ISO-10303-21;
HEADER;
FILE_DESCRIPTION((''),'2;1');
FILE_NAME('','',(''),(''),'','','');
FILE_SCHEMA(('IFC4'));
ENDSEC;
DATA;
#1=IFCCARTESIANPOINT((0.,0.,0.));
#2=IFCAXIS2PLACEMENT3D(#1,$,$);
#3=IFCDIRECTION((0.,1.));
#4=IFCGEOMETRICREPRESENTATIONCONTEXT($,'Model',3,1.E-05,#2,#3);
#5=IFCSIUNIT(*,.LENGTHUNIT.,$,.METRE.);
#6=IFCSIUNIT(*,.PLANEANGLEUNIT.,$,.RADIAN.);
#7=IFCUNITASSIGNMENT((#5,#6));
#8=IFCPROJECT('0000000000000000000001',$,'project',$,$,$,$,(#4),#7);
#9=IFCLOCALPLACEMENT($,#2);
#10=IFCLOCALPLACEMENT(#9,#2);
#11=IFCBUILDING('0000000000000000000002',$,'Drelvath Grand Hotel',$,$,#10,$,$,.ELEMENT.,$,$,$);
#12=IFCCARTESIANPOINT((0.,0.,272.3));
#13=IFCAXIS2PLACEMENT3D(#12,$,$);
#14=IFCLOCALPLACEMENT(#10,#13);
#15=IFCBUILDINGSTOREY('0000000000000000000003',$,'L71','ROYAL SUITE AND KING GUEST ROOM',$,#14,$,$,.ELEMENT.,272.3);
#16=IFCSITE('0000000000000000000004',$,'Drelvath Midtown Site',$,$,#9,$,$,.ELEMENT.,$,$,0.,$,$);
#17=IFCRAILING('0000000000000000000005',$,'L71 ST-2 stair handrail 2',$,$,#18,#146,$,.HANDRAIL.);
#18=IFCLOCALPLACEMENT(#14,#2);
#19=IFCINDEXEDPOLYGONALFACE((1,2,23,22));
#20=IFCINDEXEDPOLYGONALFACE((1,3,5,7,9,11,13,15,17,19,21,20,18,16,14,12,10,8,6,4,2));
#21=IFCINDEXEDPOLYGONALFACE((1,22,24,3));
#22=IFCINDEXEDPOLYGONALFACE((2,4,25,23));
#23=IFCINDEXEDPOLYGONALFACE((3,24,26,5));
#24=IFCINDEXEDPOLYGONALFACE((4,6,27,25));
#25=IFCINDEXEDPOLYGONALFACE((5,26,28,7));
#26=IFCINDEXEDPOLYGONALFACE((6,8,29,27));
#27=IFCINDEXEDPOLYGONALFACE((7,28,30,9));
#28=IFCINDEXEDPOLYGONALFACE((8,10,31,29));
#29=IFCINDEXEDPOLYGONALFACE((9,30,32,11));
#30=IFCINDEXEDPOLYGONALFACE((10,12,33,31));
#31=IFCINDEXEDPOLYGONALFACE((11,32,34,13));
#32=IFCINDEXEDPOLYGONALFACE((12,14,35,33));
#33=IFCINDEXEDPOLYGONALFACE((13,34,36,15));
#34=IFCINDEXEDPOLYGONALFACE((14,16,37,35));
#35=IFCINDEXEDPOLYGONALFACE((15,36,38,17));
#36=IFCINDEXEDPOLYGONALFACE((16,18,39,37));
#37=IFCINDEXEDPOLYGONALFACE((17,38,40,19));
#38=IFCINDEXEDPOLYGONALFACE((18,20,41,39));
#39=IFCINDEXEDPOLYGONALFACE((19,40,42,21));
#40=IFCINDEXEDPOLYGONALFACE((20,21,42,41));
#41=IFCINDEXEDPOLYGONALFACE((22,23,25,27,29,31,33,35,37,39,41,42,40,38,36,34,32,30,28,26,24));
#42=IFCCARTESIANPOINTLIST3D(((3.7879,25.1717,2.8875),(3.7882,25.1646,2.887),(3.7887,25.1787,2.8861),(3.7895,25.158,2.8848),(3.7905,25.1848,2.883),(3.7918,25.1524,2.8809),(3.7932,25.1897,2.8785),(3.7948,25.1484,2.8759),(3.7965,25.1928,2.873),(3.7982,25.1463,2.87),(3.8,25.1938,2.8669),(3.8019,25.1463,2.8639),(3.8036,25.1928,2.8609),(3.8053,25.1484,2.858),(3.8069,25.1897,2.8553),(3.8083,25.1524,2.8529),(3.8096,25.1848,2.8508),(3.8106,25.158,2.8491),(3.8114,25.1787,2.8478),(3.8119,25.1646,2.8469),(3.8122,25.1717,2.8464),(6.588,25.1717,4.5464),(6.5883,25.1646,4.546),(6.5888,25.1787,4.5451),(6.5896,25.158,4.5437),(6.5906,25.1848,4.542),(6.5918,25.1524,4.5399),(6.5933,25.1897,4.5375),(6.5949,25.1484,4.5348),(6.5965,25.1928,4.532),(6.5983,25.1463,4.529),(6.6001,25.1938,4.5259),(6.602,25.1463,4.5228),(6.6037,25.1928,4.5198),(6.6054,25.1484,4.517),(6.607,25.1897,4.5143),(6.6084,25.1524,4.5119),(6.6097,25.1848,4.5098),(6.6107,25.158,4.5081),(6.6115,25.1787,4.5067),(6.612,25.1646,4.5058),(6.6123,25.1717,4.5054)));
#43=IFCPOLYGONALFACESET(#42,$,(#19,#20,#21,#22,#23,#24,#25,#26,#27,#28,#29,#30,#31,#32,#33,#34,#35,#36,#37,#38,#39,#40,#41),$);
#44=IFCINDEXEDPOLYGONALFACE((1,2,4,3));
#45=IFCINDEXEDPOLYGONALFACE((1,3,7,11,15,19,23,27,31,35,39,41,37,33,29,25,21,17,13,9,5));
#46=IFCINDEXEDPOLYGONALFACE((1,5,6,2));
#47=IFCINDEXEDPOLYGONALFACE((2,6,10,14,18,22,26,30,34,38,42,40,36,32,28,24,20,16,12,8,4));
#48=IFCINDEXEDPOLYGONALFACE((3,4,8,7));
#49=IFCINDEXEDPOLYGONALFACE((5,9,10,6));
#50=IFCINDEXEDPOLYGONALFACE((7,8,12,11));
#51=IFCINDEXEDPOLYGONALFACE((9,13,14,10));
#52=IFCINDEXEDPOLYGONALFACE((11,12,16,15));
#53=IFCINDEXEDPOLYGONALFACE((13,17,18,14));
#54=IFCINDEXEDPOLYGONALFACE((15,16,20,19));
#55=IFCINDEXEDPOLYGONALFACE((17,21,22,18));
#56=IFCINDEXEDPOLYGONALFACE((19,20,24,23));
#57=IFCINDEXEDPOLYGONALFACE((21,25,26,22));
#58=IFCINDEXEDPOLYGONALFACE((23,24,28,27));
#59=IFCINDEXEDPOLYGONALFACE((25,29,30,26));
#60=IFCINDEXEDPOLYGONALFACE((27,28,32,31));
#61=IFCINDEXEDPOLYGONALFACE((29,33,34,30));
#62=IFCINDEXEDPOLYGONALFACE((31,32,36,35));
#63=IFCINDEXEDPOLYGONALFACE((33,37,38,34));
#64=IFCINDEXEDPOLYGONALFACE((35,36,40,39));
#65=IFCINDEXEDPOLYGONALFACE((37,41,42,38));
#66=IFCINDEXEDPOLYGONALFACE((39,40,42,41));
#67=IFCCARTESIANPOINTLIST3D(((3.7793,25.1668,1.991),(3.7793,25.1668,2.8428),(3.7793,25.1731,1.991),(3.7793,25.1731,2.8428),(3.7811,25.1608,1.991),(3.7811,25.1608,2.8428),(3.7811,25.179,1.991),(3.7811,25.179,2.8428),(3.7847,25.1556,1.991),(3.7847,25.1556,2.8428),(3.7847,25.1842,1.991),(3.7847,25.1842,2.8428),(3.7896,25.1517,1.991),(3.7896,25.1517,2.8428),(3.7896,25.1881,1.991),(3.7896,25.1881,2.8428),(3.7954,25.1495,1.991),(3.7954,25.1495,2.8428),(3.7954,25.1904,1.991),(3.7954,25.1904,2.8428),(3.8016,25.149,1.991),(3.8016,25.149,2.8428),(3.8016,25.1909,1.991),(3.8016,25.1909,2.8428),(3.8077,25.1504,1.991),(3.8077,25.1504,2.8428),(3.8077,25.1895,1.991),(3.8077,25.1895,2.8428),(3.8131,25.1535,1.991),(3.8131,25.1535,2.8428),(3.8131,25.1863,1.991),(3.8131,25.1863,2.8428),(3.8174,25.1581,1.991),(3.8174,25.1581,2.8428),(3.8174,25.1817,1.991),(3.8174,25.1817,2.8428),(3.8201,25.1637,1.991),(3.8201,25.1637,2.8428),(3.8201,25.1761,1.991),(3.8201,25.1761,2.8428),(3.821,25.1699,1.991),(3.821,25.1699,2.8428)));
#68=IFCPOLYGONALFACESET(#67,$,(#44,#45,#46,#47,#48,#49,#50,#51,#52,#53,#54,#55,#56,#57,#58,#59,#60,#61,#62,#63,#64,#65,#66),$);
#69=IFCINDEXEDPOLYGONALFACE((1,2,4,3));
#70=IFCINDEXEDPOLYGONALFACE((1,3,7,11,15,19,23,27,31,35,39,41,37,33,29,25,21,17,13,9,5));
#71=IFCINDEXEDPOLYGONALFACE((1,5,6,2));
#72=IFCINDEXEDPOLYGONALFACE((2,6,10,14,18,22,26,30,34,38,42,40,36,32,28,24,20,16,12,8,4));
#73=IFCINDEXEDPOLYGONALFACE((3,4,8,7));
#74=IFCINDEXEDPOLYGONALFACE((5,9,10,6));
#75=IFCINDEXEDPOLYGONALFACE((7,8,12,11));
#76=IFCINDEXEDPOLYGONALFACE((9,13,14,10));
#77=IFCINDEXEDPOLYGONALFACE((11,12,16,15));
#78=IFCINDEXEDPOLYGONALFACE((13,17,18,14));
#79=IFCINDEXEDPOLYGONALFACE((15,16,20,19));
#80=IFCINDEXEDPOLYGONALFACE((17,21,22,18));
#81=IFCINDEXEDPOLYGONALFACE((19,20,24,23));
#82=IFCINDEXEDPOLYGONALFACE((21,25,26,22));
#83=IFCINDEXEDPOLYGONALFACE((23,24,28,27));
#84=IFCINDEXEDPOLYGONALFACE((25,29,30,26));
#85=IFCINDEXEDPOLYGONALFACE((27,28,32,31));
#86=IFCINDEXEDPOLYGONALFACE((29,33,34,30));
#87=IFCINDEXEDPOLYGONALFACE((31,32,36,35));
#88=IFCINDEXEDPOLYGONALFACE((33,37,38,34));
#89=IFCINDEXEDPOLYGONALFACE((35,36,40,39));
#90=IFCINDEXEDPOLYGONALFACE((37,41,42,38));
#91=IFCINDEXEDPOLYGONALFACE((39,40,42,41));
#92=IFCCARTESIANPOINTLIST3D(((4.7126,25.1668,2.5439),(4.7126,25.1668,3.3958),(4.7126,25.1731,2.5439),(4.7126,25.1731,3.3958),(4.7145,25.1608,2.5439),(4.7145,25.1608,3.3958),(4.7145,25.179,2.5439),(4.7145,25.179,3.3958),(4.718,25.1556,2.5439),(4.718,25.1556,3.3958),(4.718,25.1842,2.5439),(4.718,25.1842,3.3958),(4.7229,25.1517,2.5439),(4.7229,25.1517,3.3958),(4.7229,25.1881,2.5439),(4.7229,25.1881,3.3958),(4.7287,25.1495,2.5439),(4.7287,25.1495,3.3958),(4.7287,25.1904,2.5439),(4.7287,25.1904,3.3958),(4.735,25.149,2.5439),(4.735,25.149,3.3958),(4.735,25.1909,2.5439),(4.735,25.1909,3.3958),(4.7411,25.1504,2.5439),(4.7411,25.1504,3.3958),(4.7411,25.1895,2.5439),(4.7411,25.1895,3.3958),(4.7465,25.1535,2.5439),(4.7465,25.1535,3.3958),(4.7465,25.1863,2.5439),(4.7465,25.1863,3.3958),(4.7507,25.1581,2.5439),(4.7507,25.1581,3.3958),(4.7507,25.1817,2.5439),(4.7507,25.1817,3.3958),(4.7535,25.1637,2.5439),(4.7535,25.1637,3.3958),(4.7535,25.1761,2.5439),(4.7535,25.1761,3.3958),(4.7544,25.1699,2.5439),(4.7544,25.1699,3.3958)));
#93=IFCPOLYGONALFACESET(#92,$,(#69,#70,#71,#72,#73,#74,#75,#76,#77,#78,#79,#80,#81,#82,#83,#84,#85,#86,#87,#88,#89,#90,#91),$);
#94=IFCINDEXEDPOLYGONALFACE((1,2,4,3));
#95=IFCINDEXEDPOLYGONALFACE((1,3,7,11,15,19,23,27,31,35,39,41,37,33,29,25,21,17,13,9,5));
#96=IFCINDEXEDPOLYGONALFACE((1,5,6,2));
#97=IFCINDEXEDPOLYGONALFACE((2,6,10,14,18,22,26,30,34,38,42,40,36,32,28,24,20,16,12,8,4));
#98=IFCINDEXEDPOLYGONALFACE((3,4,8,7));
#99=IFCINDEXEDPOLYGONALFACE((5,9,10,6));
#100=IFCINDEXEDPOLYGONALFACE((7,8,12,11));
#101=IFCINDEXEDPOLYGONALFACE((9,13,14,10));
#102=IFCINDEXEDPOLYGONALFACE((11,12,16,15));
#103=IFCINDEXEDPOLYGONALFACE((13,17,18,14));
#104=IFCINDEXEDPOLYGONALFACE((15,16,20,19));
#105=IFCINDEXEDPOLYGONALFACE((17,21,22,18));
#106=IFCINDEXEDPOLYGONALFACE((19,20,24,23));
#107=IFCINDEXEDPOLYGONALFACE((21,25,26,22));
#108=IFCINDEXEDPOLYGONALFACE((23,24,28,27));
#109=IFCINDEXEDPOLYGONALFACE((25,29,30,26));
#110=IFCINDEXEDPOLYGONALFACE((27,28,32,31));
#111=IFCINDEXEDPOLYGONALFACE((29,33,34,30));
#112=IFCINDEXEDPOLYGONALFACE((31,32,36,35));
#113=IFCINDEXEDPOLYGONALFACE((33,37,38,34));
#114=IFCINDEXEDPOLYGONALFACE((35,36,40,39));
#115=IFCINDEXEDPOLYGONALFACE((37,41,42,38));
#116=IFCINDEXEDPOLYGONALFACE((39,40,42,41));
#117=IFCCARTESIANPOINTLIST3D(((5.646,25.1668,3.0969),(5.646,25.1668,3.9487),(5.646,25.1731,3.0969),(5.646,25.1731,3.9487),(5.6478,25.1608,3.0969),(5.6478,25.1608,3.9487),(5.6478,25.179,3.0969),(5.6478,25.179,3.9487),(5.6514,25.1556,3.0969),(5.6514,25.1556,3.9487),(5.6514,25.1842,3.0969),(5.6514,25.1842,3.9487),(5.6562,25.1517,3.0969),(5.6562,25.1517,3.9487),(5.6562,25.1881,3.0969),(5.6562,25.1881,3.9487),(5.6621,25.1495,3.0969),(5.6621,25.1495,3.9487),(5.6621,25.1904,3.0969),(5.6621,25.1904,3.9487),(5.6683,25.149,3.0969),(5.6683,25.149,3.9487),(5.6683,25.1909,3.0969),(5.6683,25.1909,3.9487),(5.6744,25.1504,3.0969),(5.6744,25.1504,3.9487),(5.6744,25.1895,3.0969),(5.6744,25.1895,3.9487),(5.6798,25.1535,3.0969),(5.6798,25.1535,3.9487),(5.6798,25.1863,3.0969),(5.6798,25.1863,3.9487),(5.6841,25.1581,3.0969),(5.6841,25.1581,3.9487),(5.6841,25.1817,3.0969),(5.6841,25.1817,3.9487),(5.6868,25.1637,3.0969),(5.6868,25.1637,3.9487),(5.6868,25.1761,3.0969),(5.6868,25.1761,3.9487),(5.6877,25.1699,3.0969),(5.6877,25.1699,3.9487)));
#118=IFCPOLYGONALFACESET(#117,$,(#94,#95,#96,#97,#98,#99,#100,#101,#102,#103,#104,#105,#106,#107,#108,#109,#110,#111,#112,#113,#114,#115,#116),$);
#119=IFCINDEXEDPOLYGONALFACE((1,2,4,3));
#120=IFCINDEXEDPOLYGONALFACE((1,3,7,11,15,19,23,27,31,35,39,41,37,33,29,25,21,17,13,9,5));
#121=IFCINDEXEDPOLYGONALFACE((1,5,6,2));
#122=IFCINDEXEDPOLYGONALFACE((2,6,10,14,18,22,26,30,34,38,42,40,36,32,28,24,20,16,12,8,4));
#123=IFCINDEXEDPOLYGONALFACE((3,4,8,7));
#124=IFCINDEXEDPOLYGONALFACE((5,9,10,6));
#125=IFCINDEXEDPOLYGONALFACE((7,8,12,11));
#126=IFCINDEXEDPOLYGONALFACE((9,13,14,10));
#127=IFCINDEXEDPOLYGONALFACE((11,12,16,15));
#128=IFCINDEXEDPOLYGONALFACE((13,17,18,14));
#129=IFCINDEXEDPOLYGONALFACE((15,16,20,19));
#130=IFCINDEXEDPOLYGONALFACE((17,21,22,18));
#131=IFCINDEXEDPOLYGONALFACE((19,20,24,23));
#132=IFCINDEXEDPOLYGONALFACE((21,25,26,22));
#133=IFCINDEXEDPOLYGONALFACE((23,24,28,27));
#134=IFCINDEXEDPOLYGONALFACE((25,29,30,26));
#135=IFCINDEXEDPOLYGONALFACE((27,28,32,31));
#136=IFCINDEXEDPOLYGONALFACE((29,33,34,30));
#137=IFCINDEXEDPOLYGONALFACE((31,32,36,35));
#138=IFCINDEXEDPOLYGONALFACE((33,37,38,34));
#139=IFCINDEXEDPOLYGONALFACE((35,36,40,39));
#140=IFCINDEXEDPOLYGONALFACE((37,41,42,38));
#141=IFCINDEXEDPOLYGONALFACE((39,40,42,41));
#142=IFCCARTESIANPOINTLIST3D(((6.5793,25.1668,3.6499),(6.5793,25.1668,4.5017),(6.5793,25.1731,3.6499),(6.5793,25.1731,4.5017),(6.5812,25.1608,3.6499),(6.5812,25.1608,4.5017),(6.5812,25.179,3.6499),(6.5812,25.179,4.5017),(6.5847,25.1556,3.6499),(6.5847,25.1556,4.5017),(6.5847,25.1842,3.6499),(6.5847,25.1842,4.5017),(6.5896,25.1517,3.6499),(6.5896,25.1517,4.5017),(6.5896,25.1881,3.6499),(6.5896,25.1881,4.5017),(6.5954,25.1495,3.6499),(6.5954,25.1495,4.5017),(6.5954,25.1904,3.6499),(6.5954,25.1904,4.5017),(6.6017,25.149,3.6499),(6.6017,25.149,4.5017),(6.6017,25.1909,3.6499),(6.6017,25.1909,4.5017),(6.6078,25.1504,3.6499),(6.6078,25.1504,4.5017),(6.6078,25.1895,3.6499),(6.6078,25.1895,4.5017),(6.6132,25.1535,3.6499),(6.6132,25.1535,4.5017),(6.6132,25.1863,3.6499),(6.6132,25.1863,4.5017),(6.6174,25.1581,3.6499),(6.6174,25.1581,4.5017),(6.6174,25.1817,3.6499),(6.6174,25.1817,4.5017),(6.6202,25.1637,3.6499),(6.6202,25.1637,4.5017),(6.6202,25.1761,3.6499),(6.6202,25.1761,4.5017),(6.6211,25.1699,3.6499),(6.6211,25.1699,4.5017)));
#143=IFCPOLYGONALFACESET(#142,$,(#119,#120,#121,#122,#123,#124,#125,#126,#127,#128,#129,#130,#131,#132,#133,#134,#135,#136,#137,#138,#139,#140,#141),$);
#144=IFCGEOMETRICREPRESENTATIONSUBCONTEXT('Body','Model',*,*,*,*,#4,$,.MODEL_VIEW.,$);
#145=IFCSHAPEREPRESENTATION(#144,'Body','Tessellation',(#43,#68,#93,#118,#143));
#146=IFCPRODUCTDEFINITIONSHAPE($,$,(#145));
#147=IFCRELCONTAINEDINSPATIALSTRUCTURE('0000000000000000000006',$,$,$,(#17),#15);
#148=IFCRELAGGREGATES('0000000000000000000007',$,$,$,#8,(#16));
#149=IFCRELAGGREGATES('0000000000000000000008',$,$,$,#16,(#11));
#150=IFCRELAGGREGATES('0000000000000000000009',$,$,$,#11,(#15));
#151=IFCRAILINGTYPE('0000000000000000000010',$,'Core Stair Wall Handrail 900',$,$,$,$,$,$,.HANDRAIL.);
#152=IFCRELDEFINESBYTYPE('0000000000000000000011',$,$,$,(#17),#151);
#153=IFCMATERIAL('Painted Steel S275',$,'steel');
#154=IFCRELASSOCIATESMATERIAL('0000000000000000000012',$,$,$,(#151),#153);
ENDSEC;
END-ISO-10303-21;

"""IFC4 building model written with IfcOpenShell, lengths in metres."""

from ifc_helpers import new_model, si_unit, direction, frame, origin, origin_2d, place, context, subcontext, project, spatial, circle, extrude, material, type_object, element, save


model = new_model("IFC4")

# Units and contexts
model_context = context("Model", 3, precision=1e-05, world=origin(), true_north=direction((0.0, 1.0)))
body_context = subcontext(model_context, "Body", "Model", "MODEL_VIEW")
ifc_project = project(units=[si_unit("LENGTHUNIT", "METRE"), si_unit("PLANEANGLEUNIT", "RADIAN")], contexts=[model_context])

# Site, building, storey
site_placement = place(None, origin())
site = spatial("IfcSite", under=ifc_project, at=site_placement, Name="Drelvath Midtown Site", CompositionType="ELEMENT", RefElevation=0.0)
building_placement = place(site_placement, origin())
building = spatial("IfcBuilding", under=site, at=building_placement, Name="Drelvath Grand Hotel", CompositionType="ELEMENT")
storey_placement = place(building_placement, frame((0.0, 0.0, 272.3)))
storey = spatial("IfcBuildingStorey", under=building, at=storey_placement, Name="L71", Description="ROYAL SUITE AND KING GUEST ROOM", CompositionType="ELEMENT", Elevation=272.3)

# Railing
ifc_material_1 = material(Name="Painted Steel S275", Category="steel")
railing_type_1 = type_object("IfcRailingType", Name="Core Stair Wall Handrail 900", PredefinedType="HANDRAIL", material=ifc_material_1)
railing_1_placement = place(storey_placement, frame((3.8, 25.1699, 1.991)))
element("IfcRailing", 1, at=railing_1_placement, inside=storey, type_object=railing_type_1, Name="L71 ST-2 stair handrail 2", PredefinedType="HANDRAIL", context=body_context, shape_type="SweptSolid", body=[
    extrude(circle(Radius=0.0239, at=origin_2d()), frame((0.0, 0.0, 0.876), z_axis=(0.860339, 0.0, 0.509722), x_axis=(0.0, 1.0, 0.0)), (0.0, 0.0, 1.0), 3.2546),
    extrude(circle(Radius=0.021, at=origin_2d()), origin(), (0.0, 0.0, 1.0), 0.8518),
    extrude(circle(Radius=0.021, at=origin_2d()), frame((0.9333, 0.0, 0.553)), (0.0, 0.0, 1.0), 0.8518),
    extrude(circle(Radius=0.021, at=origin_2d()), frame((1.8667, 0.0, 1.106)), (0.0, 0.0, 1.0), 0.8518),
    extrude(circle(Radius=0.021, at=origin_2d()), frame((2.8, 0.0, 1.6589)), (0.0, 0.0, 1.0), 0.8518),
])

save(model, "model.ifc")
